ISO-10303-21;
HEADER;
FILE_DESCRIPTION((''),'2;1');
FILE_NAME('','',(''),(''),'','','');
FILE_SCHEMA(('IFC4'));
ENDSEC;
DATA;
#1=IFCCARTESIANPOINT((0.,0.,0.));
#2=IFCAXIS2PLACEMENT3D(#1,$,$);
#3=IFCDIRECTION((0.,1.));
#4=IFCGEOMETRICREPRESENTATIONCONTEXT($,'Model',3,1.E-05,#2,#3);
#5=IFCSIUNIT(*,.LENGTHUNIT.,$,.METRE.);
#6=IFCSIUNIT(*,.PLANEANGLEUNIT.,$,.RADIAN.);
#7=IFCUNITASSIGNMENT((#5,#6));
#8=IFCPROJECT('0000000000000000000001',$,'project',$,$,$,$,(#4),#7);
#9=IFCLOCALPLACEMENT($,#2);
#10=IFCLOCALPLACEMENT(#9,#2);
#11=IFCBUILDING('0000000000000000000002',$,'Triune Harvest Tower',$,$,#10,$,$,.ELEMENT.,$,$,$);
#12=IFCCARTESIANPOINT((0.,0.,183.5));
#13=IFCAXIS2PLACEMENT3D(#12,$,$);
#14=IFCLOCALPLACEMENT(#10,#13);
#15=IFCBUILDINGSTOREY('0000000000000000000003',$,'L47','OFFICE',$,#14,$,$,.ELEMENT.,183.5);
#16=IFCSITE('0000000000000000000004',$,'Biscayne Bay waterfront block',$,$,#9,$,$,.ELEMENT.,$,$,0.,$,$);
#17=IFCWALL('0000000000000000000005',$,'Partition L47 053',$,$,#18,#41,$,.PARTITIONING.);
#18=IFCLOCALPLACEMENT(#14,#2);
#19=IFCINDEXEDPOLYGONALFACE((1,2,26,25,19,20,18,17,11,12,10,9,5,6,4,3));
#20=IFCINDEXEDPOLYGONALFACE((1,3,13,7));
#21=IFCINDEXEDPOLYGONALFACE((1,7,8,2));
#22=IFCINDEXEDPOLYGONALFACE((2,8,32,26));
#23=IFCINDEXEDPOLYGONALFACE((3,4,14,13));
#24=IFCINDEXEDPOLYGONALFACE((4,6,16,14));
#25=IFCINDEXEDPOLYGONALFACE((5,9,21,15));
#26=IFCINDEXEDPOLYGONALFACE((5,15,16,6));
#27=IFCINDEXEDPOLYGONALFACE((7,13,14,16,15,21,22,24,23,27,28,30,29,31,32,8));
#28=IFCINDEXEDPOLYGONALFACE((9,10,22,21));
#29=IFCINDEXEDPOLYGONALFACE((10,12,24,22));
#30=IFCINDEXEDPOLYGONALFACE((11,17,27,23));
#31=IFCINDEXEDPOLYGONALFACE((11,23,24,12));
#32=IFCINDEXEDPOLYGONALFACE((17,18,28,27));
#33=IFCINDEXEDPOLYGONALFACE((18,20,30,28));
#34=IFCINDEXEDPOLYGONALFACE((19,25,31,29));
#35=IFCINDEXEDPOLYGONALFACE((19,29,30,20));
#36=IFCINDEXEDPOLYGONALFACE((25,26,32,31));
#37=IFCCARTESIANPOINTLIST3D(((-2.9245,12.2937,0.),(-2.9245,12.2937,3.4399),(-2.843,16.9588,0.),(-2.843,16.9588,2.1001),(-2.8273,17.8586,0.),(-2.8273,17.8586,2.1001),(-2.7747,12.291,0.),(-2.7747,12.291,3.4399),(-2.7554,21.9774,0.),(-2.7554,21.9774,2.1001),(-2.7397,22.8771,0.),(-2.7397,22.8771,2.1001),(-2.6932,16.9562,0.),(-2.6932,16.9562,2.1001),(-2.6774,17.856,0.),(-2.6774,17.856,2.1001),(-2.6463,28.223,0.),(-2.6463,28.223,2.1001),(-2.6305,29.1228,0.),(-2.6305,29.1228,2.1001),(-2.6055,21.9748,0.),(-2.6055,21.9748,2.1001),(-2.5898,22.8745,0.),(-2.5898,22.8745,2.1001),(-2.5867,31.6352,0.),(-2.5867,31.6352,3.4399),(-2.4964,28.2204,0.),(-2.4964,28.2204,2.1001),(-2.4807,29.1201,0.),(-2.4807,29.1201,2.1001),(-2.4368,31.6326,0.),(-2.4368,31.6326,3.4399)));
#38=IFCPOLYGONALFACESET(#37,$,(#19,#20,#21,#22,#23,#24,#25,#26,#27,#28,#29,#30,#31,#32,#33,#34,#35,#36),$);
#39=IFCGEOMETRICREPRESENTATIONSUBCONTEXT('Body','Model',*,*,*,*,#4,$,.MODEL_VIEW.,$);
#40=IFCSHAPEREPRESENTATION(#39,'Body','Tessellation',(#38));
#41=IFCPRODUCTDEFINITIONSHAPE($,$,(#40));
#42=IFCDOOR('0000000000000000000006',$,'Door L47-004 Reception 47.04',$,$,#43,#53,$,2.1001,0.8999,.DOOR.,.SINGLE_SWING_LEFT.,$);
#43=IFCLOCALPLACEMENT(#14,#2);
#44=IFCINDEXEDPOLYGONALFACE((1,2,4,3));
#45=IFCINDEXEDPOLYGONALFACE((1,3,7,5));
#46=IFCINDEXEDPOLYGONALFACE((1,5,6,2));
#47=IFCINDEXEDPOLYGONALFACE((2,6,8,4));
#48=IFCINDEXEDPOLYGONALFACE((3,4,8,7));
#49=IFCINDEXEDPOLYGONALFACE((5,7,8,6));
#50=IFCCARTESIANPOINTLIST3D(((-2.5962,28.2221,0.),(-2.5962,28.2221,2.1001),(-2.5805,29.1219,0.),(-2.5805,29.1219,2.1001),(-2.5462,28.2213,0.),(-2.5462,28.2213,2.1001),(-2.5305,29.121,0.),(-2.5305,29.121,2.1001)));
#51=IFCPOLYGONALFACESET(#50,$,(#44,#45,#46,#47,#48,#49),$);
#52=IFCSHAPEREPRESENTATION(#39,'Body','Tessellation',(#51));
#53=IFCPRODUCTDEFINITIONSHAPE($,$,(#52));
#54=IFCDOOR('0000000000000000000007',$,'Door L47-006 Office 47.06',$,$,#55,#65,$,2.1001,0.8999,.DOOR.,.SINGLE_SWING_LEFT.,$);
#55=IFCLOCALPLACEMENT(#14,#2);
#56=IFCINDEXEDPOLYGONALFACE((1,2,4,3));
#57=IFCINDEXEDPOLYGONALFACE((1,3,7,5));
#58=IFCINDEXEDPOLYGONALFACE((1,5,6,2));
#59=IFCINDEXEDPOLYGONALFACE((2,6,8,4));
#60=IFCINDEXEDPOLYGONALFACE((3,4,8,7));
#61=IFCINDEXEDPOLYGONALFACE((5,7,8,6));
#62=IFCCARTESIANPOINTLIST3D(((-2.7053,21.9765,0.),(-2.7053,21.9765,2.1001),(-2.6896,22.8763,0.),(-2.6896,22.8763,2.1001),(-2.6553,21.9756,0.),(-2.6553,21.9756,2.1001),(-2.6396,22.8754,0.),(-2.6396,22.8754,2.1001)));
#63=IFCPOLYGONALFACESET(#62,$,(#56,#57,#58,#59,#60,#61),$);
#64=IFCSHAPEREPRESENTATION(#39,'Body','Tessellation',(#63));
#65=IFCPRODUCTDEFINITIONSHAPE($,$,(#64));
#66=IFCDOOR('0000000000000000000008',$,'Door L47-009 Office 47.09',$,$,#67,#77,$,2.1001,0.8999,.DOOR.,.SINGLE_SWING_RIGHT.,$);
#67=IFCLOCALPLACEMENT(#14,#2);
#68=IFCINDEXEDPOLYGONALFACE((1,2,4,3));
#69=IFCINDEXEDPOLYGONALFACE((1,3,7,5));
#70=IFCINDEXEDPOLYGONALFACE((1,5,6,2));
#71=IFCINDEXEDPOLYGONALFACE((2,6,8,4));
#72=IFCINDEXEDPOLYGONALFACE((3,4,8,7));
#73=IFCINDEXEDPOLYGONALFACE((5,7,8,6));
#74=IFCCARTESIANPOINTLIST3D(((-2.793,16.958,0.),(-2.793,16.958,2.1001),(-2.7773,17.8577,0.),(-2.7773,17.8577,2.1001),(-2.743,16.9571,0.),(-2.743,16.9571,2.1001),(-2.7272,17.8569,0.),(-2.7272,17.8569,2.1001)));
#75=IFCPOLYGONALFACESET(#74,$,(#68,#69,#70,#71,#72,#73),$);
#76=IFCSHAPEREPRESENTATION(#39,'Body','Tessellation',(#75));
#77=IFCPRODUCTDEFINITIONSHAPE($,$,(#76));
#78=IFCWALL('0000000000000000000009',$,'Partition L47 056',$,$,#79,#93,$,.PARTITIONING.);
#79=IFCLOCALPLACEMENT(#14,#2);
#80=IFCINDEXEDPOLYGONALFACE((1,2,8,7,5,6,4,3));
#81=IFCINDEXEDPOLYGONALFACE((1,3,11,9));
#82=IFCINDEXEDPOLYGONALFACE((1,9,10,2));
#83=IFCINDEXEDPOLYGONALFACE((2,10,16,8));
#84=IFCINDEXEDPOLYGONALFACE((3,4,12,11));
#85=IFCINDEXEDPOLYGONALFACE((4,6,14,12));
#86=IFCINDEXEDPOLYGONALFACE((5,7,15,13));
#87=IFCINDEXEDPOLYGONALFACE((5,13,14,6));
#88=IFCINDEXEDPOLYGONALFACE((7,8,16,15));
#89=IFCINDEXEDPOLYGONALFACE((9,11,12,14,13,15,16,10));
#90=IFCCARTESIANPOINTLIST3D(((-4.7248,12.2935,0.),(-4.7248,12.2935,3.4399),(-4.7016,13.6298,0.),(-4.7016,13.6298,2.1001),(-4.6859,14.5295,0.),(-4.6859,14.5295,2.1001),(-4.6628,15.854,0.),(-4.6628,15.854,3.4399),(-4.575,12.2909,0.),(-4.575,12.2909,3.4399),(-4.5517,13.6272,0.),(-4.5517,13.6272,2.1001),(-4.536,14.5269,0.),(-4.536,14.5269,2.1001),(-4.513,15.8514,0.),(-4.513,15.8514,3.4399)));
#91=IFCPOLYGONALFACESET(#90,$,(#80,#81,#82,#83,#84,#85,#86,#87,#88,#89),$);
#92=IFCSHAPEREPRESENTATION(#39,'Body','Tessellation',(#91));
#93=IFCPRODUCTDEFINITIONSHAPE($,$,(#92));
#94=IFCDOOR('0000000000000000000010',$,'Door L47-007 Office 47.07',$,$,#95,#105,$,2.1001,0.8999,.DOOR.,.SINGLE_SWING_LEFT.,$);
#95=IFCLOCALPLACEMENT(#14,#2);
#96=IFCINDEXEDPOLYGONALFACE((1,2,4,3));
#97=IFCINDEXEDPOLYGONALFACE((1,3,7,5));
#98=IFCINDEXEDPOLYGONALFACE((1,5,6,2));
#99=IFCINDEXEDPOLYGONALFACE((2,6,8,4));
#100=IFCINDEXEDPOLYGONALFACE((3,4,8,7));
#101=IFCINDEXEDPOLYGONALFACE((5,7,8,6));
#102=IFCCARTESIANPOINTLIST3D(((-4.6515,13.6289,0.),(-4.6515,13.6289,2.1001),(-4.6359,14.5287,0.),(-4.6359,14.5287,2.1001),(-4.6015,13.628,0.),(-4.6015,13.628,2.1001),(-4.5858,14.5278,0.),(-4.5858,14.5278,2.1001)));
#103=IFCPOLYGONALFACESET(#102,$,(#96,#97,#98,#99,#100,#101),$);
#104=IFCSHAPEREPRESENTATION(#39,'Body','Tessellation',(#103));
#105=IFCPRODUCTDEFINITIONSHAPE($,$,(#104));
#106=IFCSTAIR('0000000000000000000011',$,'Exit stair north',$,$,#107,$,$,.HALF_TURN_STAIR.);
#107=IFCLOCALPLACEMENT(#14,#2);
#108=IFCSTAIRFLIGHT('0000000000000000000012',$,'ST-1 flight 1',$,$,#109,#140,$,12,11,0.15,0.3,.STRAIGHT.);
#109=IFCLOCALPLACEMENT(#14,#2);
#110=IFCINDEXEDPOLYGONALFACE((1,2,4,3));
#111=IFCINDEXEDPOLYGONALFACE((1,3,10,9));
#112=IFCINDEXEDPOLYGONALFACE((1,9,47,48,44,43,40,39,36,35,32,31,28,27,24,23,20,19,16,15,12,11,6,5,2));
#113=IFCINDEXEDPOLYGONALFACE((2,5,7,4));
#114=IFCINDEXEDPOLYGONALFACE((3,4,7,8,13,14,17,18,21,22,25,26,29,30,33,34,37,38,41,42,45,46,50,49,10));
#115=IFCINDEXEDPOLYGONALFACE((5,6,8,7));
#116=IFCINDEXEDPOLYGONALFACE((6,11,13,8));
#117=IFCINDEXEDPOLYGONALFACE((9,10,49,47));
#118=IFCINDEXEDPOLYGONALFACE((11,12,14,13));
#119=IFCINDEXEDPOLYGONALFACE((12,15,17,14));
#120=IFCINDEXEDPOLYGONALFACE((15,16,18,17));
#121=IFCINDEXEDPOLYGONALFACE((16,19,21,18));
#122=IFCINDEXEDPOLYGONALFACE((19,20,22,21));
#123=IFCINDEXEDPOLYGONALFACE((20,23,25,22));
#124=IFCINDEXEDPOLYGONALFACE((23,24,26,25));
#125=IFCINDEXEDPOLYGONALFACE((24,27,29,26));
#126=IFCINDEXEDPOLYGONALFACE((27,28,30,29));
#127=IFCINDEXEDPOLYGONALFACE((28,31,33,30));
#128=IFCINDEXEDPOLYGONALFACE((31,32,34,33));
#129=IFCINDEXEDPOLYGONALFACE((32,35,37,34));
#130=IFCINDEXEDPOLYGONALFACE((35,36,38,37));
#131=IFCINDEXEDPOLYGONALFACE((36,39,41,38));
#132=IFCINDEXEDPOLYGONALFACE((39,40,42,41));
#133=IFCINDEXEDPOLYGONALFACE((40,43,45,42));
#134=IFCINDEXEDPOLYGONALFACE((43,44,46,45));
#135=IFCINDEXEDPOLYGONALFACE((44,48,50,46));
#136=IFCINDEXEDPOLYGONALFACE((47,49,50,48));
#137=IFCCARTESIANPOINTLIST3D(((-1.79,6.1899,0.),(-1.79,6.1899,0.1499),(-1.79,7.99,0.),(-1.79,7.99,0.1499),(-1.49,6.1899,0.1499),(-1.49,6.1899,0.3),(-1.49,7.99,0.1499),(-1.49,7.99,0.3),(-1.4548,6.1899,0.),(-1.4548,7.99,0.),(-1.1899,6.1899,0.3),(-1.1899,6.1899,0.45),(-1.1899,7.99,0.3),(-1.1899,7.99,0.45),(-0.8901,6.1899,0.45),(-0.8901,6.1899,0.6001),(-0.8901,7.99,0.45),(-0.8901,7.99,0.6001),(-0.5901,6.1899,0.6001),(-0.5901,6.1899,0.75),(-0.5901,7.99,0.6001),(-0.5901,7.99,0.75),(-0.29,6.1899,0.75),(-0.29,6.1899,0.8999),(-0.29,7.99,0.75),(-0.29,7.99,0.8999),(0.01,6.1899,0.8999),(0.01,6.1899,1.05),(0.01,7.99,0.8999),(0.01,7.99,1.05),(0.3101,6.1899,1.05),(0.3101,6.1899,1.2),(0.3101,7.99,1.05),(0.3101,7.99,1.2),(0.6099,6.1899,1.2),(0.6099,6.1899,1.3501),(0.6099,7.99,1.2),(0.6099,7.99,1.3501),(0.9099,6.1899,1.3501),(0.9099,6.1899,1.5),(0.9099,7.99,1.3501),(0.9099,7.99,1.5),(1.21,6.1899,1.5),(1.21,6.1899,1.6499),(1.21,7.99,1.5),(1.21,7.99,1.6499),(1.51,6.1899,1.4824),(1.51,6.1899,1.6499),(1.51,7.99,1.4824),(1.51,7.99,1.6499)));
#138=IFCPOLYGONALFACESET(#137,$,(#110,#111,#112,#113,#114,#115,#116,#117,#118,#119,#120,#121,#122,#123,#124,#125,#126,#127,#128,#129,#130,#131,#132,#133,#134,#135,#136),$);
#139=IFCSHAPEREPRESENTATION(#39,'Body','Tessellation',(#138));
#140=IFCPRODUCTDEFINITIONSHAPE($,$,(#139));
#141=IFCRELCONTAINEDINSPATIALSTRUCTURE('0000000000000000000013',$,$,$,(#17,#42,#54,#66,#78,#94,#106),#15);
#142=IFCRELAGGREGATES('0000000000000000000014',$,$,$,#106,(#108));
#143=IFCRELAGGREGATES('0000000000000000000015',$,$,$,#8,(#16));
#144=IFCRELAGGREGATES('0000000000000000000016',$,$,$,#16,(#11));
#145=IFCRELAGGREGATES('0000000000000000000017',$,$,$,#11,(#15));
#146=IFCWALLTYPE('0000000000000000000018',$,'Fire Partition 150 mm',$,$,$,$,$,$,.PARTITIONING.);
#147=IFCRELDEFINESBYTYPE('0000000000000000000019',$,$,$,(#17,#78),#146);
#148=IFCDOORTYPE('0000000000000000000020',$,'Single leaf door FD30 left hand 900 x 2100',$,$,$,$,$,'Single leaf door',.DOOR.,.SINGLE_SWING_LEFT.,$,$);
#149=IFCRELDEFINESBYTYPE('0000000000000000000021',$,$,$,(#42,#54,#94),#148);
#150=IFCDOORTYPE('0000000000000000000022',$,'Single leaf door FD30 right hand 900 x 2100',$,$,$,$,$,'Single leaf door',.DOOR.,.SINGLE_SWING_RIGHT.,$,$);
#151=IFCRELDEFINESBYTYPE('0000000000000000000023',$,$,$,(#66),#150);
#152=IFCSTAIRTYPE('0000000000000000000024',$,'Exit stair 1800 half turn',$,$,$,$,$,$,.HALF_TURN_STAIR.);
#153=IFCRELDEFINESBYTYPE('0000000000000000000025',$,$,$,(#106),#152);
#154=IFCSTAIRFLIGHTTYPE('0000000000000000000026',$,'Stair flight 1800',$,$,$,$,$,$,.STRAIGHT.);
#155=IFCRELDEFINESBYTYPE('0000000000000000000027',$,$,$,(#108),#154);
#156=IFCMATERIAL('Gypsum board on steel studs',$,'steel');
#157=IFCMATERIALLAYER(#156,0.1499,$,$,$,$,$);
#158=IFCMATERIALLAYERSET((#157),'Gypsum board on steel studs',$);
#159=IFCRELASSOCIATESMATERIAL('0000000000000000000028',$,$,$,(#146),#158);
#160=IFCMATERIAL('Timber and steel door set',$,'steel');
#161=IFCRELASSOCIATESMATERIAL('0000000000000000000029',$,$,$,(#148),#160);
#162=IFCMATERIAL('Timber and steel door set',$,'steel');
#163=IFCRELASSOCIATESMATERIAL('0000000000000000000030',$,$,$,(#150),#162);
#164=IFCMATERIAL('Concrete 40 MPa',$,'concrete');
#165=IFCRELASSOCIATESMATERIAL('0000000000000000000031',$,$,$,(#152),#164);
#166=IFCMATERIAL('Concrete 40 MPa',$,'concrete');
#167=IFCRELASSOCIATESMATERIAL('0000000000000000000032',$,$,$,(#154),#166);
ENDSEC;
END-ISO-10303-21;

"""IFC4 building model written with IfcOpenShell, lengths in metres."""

from ifc_helpers import new_model, si_unit, direction, frame, frame_2d, origin, place, context, subcontext, project, spatial, polyline, rectangle, outline, extrude, source, transform, mapped, material, layer, layer_set, type_object, element, fill, aggregate, save


model = new_model("IFC4")

# Units and contexts
model_context = context("Model", 3, precision=1e-05, world=origin(), true_north=direction((0.0, 1.0)))
body_context = subcontext(model_context, "Body", "Model", "MODEL_VIEW")
ifc_project = project(units=[si_unit("LENGTHUNIT", "METRE"), si_unit("PLANEANGLEUNIT", "RADIAN")], contexts=[model_context])

# Site, building, storey
site_placement = place(None, origin())
site = spatial("IfcSite", under=ifc_project, at=site_placement, Name="Biscayne Bay waterfront block", CompositionType="ELEMENT", RefElevation=0.0)
building_placement = place(site_placement, origin())
building = spatial("IfcBuilding", under=site, at=building_placement, Name="Triune Harvest Tower", CompositionType="ELEMENT")
storey_placement = place(building_placement, frame((0.0, 0.0, 183.5)))
storey = spatial("IfcBuildingStorey", under=building, at=storey_placement, Name="L47", Description="OFFICE", CompositionType="ELEMENT", Elevation=183.5)

# Shared definitions
ifc_material_1 = material(Name="Gypsum board on steel studs", Category="steel")
ifc_layer_1 = layer(ifc_material_1, 0.1499)
ifc_layer_set_1 = layer_set([ifc_layer_1], Name="Gypsum board on steel studs")
wall_type_1 = type_object("IfcWallType", Name="Fire Partition 150 mm", PredefinedType="PARTITIONING", material=ifc_layer_set_1)

# Wall, openings, doors
shared_shape_1 = source(origin(), body_context, "Body", "SweptSolid", [
    extrude(rectangle(XDim=19.3445, YDim=0.1499, at=frame_2d((9.6724, 0.0))), origin(), (0.0, 0.0, 1.0), 3.4399),
])
wall_1_placement = place(storey_placement, frame((-2.8496, 12.2922, 0.0), z_axis=(0.0, 0.0, 1.0), x_axis=(0.017467, 0.999847, 0.0)))
wall_1 = element("IfcWall", 1, at=wall_1_placement, inside=storey, type_object=wall_type_1, Name="Partition L47 053", PredefinedType="PARTITIONING", context=body_context, shape_type="MappedRepresentation", body=[
    mapped(shared_shape_1, transform((0.0, 0.0, 0.0), scale=1.0)),
])
opening_1_placement = place(wall_1_placement, frame((15.9319, 0.0, 0.0)))
opening_1 = element("IfcOpeningElement", 2, at=opening_1_placement, cuts=wall_1, PredefinedType="OPENING", context=body_context, shape_type="SweptSolid", body=[
    extrude(rectangle(XDim=0.8999, YDim=2.1001, at=frame_2d((0.45, 1.05))), frame((0.0, 0.085, 0.0), z_axis=(0.0, -1.0, 0.0), x_axis=(1.0, 0.0, 0.0)), (0.0, 0.0, 1.0), 0.1699),
])
opening_2_placement = place(wall_1_placement, frame((9.6853, 0.0, 0.0)))
opening_2 = element("IfcOpeningElement", 3, at=opening_2_placement, cuts=wall_1, PredefinedType="OPENING", context=body_context, shape_type="SweptSolid", body=[
    extrude(rectangle(XDim=0.8999, YDim=2.1001, at=frame_2d((0.45, 1.05))), frame((0.0, 0.085, 0.0), z_axis=(0.0, -1.0, 0.0), x_axis=(1.0, 0.0, 0.0)), (0.0, 0.0, 1.0), 0.1699),
])
opening_3_placement = place(wall_1_placement, frame((4.666, 0.0, 0.0)))
opening_3 = element("IfcOpeningElement", 4, at=opening_3_placement, cuts=wall_1, PredefinedType="OPENING", context=body_context, shape_type="SweptSolid", body=[
    extrude(rectangle(XDim=0.8999, YDim=2.1001, at=frame_2d((0.45, 1.05))), frame((0.0, 0.085, 0.0), z_axis=(0.0, -1.0, 0.0), x_axis=(1.0, 0.0, 0.0)), (0.0, 0.0, 1.0), 0.1699),
])
ifc_material_2 = material(Name="Timber and steel door set", Category="steel")
door_type_1 = type_object("IfcDoorType", Name="Single leaf door FD30 left hand 900 x 2100", ElementType="Single leaf door", OperationType="SINGLE_SWING_LEFT", PredefinedType="DOOR", material=ifc_material_2)
door_1_placement = place(opening_1_placement, origin())
door_1 = element("IfcDoor", 5, at=door_1_placement, inside=storey, type_object=door_type_1, Name="Door L47-004 Reception 47.04", OperationType="SINGLE_SWING_LEFT", OverallHeight=2.1001, OverallWidth=0.8999, PredefinedType="DOOR", context=body_context, shape_type="SweptSolid", body=[
    extrude(rectangle(XDim=0.8999, YDim=2.1001, at=frame_2d((0.45, 1.05))), frame((0.0, 0.0249, 0.0), z_axis=(0.0, -1.0, 0.0), x_axis=(1.0, 0.0, 0.0)), (0.0, 0.0, 1.0), 0.05),
])
fill(opening_1, door_1)
door_2_placement = place(opening_2_placement, origin())
door_2 = element("IfcDoor", 6, at=door_2_placement, inside=storey, type_object=door_type_1, Name="Door L47-006 Office 47.06", OperationType="SINGLE_SWING_LEFT", OverallHeight=2.1001, OverallWidth=0.8999, PredefinedType="DOOR", context=body_context, shape_type="SweptSolid", body=[
    extrude(rectangle(XDim=0.8999, YDim=2.1001, at=frame_2d((0.45, 1.05))), frame((0.0, 0.0249, 0.0), z_axis=(0.0, -1.0, 0.0), x_axis=(1.0, 0.0, 0.0)), (0.0, 0.0, 1.0), 0.05),
])
fill(opening_2, door_2)
ifc_material_3 = material(Name="Timber and steel door set", Category="steel")
door_type_2 = type_object("IfcDoorType", Name="Single leaf door FD30 right hand 900 x 2100", ElementType="Single leaf door", OperationType="SINGLE_SWING_RIGHT", PredefinedType="DOOR", material=ifc_material_3)
door_3_placement = place(opening_3_placement, origin())
door_3 = element("IfcDoor", 7, at=door_3_placement, inside=storey, type_object=door_type_2, Name="Door L47-009 Office 47.09", OperationType="SINGLE_SWING_RIGHT", OverallHeight=2.1001, OverallWidth=0.8999, PredefinedType="DOOR", context=body_context, shape_type="SweptSolid", body=[
    extrude(rectangle(XDim=0.8999, YDim=2.1001, at=frame_2d((0.45, 1.05))), frame((0.0, 0.0249, 0.0), z_axis=(0.0, -1.0, 0.0), x_axis=(1.0, 0.0, 0.0)), (0.0, 0.0, 1.0), 0.05),
])
fill(opening_3, door_3)

# Wall, opening, door
shared_shape_2 = source(origin(), body_context, "Body", "SweptSolid", [
    extrude(rectangle(XDim=3.561, YDim=0.1499, at=frame_2d((1.7805, 0.0))), origin(), (0.0, 0.0, 1.0), 3.4399),
])
wall_2_placement = place(storey_placement, frame((-4.6499, 12.2922, 0.0), z_axis=(0.0, 0.0, 1.0), x_axis=(0.017414, 0.999848, 0.0)))
wall_2 = element("IfcWall", 8, at=wall_2_placement, inside=storey, type_object=wall_type_1, Name="Partition L47 056", PredefinedType="PARTITIONING", context=body_context, shape_type="MappedRepresentation", body=[
    mapped(shared_shape_2, transform((0.0, 0.0, 0.0), scale=1.0)),
])
opening_4_placement = place(wall_2_placement, frame((1.3364, 0.0, 0.0)))
opening_4 = element("IfcOpeningElement", 9, at=opening_4_placement, cuts=wall_2, PredefinedType="OPENING", context=body_context, shape_type="SweptSolid", body=[
    extrude(rectangle(XDim=0.8999, YDim=2.1001, at=frame_2d((0.45, 1.05))), frame((0.0, 0.085, 0.0), z_axis=(0.0, -1.0, 0.0), x_axis=(1.0, 0.0, 0.0)), (0.0, 0.0, 1.0), 0.1699),
])
door_4_placement = place(opening_4_placement, origin())
door_4 = element("IfcDoor", 10, at=door_4_placement, inside=storey, type_object=door_type_1, Name="Door L47-007 Office 47.07", OperationType="SINGLE_SWING_LEFT", OverallHeight=2.1001, OverallWidth=0.8999, PredefinedType="DOOR", context=body_context, shape_type="SweptSolid", body=[
    extrude(rectangle(XDim=0.8999, YDim=2.1001, at=frame_2d((0.45, 1.05))), frame((0.0, 0.0249, 0.0), z_axis=(0.0, -1.0, 0.0), x_axis=(1.0, 0.0, 0.0)), (0.0, 0.0, 1.0), 0.05),
])
fill(opening_4, door_4)

# Stair, stair flight
ifc_material_4 = material(Name="Concrete 40 MPa", Category="concrete")
stair_type = type_object("IfcStairType", Name="Exit stair 1800 half turn", PredefinedType="HALF_TURN_STAIR", material=ifc_material_4)
stair_placement = place(storey_placement, origin())
stair = element("IfcStair", 11, at=stair_placement, inside=storey, type_object=stair_type, Name="Exit stair north", PredefinedType="HALF_TURN_STAIR")
ifc_material_5 = material(Name="Concrete 40 MPa", Category="concrete")
stair_flight_type = type_object("IfcStairFlightType", Name="Stair flight 1800", PredefinedType="STRAIGHT", material=ifc_material_5)
shared_shape_3 = source(origin(), body_context, "Body", "SweptSolid", [
    extrude(outline(polyline([(0.0, 0.0), (0.0, 0.1499), (0.3, 0.1499), (0.3, 0.3), (0.6001, 0.3), (0.6001, 0.45), (0.8999, 0.45), (0.8999, 0.6001), (1.2, 0.6001), (1.2, 0.75), (1.5, 0.75), (1.5, 0.8999), (1.8, 0.8999), (1.8, 1.05), (2.1001, 1.05), (2.1001, 1.2), (2.3999, 1.2), (2.3999, 1.3501), (2.7, 1.3501), (2.7, 1.5), (3.0, 1.5), (3.0, 1.6499), (3.3, 1.6499), (3.3, 1.8), (3.3, 1.4824), (0.3352, 0.0), (0.0, 0.0)])), frame((0.0, 0.8999, 0.0), z_axis=(0.0, -1.0, 0.0), x_axis=(1.0, 0.0, 0.0)), (0.0, 0.0, 1.0), 1.8),
])
stair_flight_placement = place(storey_placement, frame((-1.79, 7.0901, 0.0), z_axis=(0.0, 0.0, 1.0), x_axis=(1.0, 0.0, 0.0)))
stair_flight = element("IfcStairFlight", 12, at=stair_flight_placement, type_object=stair_flight_type, Name="ST-1 flight 1", NumberOfRisers=12, NumberOfTreads=11, PredefinedType="STRAIGHT", RiserHeight=0.15, TreadLength=0.3, context=body_context, shape_type="MappedRepresentation", body=[
    mapped(shared_shape_3, transform((0.0, 0.0, 0.0), scale=1.0)),
])
aggregate(stair, [stair_flight])

save(model, "model.ifc")
